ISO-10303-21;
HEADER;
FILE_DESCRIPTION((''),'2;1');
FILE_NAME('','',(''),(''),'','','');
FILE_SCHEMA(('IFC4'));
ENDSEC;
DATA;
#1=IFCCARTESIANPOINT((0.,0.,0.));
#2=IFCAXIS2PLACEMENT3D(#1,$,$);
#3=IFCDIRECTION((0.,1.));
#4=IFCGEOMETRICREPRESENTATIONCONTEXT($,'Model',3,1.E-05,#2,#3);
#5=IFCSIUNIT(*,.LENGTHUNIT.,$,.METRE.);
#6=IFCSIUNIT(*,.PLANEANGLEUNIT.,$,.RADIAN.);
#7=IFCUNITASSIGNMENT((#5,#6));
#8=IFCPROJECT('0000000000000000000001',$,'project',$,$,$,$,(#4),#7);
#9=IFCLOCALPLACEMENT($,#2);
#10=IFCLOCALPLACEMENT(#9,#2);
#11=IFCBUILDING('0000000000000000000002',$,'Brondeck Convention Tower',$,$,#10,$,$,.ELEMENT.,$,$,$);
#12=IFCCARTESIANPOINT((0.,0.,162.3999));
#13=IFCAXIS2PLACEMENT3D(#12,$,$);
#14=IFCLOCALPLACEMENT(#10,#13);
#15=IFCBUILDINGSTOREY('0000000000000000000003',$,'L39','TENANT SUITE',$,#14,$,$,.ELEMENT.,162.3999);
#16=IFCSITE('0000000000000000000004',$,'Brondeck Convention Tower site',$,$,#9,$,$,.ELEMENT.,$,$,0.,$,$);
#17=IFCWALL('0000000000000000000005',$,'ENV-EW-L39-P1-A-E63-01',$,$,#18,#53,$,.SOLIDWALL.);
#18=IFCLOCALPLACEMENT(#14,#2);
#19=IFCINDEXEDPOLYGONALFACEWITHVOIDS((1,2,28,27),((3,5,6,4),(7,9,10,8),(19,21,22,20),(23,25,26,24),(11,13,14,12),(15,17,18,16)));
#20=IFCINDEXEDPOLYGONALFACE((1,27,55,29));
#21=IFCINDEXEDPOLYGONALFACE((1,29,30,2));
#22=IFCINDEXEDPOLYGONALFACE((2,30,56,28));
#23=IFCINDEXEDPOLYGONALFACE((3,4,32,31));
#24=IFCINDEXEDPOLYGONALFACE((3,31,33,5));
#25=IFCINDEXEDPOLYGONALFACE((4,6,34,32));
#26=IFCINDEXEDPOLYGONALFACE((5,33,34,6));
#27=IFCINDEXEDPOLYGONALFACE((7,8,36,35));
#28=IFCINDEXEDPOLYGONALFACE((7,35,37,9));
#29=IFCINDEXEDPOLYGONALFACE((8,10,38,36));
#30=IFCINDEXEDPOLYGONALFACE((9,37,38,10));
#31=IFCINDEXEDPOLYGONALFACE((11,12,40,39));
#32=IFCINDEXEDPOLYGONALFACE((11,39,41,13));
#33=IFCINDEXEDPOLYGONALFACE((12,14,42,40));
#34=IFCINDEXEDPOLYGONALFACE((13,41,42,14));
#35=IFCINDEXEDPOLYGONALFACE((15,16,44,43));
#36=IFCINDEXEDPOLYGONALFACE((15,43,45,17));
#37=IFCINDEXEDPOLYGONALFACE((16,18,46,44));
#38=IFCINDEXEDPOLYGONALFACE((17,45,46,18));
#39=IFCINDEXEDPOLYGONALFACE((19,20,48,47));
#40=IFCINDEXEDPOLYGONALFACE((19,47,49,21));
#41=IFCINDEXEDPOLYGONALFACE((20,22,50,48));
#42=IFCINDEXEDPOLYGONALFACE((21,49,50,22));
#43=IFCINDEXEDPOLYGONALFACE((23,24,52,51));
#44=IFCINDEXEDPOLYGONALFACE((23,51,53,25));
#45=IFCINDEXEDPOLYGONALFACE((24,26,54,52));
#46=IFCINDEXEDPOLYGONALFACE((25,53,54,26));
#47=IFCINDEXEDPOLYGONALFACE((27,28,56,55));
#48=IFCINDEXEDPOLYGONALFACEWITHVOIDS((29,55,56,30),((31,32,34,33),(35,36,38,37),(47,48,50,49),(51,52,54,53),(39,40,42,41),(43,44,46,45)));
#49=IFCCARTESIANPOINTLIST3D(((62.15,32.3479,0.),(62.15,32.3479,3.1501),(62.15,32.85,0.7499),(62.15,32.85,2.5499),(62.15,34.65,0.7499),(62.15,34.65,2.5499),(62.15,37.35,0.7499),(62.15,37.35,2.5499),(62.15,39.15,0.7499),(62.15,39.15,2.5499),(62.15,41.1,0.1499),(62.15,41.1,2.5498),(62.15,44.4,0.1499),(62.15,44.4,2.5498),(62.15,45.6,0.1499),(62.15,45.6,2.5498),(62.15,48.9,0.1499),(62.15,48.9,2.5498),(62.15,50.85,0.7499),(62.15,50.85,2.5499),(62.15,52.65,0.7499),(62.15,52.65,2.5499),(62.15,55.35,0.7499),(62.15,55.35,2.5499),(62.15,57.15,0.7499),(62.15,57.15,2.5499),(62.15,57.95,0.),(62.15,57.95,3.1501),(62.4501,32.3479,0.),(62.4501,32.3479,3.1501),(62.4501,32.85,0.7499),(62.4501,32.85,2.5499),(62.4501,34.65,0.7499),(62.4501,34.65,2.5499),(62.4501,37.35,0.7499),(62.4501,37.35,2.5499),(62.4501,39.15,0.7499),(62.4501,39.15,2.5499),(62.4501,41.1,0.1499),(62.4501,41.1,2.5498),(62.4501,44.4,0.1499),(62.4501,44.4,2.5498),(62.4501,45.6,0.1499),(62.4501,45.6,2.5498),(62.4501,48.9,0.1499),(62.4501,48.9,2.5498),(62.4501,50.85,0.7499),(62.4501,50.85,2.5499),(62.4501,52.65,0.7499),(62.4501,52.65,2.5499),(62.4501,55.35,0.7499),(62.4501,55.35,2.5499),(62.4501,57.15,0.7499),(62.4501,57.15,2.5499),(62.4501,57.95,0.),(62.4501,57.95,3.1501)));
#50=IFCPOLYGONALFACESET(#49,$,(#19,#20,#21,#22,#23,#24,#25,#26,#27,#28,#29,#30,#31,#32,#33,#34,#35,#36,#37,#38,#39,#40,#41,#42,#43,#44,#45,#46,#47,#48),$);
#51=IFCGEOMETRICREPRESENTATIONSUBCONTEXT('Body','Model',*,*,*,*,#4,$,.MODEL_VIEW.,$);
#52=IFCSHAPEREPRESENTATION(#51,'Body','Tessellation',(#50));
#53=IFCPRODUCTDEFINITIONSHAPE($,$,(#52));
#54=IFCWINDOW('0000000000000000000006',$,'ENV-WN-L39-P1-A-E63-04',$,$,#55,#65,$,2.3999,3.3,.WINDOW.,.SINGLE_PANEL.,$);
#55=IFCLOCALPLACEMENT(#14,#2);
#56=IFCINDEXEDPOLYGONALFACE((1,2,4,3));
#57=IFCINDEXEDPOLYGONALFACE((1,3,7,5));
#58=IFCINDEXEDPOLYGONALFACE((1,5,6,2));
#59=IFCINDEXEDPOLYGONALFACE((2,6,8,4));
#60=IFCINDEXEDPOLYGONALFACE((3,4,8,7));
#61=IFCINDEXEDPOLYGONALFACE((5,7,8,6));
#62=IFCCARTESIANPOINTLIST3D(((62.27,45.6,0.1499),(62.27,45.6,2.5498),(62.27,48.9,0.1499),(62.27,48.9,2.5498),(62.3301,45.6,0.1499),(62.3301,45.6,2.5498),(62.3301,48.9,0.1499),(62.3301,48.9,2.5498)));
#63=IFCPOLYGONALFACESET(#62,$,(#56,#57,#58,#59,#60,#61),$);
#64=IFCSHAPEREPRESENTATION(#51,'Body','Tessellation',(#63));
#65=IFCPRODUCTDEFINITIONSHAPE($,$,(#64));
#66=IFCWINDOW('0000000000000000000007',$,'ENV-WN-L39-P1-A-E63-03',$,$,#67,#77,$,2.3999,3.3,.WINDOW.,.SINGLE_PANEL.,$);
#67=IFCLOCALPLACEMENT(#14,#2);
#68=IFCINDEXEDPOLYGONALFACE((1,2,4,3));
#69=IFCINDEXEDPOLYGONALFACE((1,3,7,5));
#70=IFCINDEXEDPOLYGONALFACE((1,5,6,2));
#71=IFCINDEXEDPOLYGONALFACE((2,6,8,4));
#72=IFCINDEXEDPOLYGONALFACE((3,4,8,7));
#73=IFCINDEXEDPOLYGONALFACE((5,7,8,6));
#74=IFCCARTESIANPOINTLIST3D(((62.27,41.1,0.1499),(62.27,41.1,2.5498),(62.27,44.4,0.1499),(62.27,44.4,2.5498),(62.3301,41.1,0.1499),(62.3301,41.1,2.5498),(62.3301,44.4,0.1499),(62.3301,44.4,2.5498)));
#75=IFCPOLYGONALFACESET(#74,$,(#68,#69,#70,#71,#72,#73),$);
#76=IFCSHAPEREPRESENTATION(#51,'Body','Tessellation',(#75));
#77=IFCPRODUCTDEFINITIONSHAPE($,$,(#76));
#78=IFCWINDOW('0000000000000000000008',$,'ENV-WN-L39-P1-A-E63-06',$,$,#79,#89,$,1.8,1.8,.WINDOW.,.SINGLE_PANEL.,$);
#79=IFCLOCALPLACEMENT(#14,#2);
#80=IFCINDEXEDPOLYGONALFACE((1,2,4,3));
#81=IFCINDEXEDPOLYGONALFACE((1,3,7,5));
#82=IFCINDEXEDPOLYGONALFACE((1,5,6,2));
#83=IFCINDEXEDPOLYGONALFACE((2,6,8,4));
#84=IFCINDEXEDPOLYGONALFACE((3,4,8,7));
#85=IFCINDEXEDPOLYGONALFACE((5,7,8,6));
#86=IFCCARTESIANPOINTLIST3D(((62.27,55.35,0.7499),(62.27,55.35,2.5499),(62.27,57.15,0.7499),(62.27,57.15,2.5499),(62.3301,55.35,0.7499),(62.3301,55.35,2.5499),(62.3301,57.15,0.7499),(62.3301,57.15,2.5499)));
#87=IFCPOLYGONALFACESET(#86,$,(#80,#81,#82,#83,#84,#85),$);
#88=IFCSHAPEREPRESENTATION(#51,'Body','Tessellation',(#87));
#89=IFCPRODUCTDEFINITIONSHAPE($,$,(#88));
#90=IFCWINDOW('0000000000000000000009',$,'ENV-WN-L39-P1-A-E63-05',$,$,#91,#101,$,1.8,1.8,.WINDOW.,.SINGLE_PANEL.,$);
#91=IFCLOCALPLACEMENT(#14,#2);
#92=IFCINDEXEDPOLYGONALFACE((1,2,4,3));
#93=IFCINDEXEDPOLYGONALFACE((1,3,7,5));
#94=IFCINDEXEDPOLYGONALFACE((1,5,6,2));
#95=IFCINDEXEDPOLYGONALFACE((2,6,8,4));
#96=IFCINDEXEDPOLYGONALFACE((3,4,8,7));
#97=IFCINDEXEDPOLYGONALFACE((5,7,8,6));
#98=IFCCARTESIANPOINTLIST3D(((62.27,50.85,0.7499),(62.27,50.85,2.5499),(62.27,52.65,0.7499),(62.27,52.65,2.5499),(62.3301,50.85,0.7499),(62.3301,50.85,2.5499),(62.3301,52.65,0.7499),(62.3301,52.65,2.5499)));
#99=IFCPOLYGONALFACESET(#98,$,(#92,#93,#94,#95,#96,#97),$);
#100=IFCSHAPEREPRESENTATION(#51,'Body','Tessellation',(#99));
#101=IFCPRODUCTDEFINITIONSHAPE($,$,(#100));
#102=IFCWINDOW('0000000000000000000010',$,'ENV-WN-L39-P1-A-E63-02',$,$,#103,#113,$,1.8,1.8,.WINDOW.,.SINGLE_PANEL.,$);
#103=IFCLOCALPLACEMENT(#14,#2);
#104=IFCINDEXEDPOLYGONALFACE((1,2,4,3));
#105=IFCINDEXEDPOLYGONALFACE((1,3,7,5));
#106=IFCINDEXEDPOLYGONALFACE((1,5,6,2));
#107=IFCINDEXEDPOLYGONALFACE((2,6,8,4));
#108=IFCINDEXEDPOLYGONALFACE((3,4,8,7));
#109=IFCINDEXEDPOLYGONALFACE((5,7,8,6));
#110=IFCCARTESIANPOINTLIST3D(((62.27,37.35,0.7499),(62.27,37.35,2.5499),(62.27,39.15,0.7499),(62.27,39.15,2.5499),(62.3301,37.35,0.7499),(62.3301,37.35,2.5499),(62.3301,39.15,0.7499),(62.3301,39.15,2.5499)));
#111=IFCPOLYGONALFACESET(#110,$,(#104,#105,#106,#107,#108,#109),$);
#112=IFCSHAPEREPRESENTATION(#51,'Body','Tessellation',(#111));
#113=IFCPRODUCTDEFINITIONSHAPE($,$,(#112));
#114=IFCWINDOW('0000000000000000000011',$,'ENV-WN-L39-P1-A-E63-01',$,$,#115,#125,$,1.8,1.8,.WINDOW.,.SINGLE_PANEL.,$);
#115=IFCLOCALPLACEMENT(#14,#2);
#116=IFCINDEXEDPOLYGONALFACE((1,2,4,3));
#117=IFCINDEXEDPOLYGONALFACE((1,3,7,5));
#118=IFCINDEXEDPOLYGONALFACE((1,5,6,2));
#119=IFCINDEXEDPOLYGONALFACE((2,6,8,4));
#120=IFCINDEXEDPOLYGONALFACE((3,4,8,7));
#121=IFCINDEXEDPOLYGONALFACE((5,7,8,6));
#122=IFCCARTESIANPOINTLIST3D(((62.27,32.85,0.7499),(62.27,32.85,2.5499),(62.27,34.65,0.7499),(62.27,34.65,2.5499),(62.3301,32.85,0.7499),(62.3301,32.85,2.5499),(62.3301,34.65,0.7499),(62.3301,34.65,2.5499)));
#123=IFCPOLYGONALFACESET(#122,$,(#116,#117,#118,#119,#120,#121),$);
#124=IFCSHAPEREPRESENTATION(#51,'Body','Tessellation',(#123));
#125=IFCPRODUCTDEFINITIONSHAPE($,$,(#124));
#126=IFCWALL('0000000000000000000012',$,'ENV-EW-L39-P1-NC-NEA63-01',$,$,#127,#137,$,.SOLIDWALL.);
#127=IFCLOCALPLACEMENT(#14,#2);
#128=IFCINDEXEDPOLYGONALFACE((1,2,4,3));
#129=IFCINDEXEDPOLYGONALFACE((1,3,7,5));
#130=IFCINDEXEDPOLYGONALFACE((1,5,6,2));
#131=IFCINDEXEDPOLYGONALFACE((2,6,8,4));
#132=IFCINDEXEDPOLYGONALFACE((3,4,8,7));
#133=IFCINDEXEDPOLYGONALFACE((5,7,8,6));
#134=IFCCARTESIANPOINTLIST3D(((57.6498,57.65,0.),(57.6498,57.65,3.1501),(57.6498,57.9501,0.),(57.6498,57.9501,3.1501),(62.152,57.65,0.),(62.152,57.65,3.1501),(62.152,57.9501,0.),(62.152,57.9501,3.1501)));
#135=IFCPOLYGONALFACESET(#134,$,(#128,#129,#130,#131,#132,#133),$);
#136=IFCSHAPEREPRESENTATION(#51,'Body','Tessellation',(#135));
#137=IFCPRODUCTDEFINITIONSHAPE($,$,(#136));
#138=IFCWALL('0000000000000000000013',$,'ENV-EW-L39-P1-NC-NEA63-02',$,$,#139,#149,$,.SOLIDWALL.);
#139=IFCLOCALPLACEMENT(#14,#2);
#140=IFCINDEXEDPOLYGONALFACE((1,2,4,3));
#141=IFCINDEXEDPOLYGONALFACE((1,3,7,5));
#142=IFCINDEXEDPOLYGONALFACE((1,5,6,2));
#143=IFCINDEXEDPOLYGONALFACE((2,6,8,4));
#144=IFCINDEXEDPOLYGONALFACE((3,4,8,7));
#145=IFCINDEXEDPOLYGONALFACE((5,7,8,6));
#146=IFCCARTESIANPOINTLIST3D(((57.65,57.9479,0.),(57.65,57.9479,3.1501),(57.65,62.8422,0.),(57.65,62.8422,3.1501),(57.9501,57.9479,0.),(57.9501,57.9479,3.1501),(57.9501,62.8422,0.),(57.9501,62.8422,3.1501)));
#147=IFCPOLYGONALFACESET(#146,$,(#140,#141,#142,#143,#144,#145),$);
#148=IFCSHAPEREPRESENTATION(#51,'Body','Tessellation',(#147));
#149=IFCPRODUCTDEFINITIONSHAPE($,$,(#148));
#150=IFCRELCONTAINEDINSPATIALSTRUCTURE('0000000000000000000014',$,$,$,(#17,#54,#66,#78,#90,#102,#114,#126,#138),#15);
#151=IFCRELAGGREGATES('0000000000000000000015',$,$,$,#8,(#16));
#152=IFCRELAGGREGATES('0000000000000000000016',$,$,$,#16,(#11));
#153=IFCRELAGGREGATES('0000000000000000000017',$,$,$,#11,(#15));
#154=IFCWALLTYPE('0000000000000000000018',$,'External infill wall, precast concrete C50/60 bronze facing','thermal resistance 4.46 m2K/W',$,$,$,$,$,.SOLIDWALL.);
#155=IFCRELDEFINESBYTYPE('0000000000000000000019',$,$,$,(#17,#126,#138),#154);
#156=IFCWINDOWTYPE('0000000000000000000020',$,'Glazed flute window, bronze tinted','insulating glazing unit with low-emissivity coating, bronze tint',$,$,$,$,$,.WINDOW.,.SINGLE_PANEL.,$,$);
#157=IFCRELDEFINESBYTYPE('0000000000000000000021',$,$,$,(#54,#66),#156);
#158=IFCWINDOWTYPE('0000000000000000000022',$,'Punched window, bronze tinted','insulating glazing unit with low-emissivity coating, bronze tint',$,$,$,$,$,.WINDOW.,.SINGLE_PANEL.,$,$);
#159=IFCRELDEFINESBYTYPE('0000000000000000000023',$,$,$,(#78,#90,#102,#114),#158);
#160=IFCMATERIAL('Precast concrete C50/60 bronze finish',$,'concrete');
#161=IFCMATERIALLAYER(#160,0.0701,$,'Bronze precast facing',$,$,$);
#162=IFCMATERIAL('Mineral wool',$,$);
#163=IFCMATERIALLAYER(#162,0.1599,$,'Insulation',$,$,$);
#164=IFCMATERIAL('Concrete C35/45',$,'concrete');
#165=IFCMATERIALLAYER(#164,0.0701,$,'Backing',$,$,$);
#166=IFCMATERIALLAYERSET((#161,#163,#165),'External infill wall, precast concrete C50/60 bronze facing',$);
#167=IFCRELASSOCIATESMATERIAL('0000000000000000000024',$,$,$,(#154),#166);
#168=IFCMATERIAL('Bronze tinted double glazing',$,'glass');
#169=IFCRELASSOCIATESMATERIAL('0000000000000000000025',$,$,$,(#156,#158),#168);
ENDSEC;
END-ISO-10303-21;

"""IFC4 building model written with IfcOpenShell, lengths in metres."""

from ifc_helpers import new_model, si_unit, direction, frame, frame_2d, origin, place, context, subcontext, project, spatial, rectangle, extrude, material, layer, layer_set, type_object, element, fill, save


model = new_model("IFC4")

# Units and contexts
model_context = context("Model", 3, precision=1e-05, world=origin(), true_north=direction((0.0, 1.0)))
body_context = subcontext(model_context, "Body", "Model", "MODEL_VIEW")
ifc_project = project(units=[si_unit("LENGTHUNIT", "METRE"), si_unit("PLANEANGLEUNIT", "RADIAN")], contexts=[model_context])

# Site, building, storey
site_placement = place(None, origin())
site = spatial("IfcSite", under=ifc_project, at=site_placement, Name="Brondeck Convention Tower site", CompositionType="ELEMENT", RefElevation=0.0)
building_placement = place(site_placement, origin())
building = spatial("IfcBuilding", under=site, at=building_placement, Name="Brondeck Convention Tower", CompositionType="ELEMENT")
storey_placement = place(building_placement, frame((0.0, 0.0, 162.3999)))
storey = spatial("IfcBuildingStorey", under=building, at=storey_placement, Name="L39", Description="TENANT SUITE", CompositionType="ELEMENT", Elevation=162.3999)

# Wall, openings, windows
ifc_material_1 = material(Name="Precast concrete C50/60 bronze finish", Category="concrete")
ifc_layer_1 = layer(ifc_material_1, 0.0701, Name="Bronze precast facing")
ifc_material_2 = material(Name="Mineral wool")
ifc_layer_2 = layer(ifc_material_2, 0.1599, Name="Insulation")
ifc_material_3 = material(Name="Concrete C35/45", Category="concrete")
ifc_layer_3 = layer(ifc_material_3, 0.0701, Name="Backing")
ifc_layer_set_1 = layer_set([ifc_layer_1, ifc_layer_2, ifc_layer_3], Name="External infill wall, precast concrete C50/60 bronze facing")
wall_type_1 = type_object("IfcWallType", Name="External infill wall, precast concrete C50/60 bronze facing", Description="thermal resistance 4.46 m2K/W", PredefinedType="SOLIDWALL", material=ifc_layer_set_1)
wall_1_placement = place(storey_placement, frame((62.3, 57.95, 0.0), z_axis=(0.0, 0.0, 1.0), x_axis=(0.0, -1.0, 0.0)))
wall_1 = element("IfcWall", 1, at=wall_1_placement, inside=storey, type_object=wall_type_1, Name="ENV-EW-L39-P1-A-E63-01", PredefinedType="SOLIDWALL", context=body_context, shape_type="SweptSolid", body=[
    extrude(rectangle(XDim=25.6021, YDim=0.3, at=frame_2d((12.801, 0.0))), origin(), (0.0, 0.0, 1.0), 3.1501),
])
opening_1_placement = place(wall_1_placement, frame((0.8, 0.0, 0.75)))
opening_1 = element("IfcOpeningElement", 2, at=opening_1_placement, cuts=wall_1, PredefinedType="OPENING", context=body_context, shape_type="SweptSolid", body=[
    extrude(rectangle(XDim=1.8, YDim=1.8, at=frame_2d((0.8999, 0.8999))), frame((0.0, 0.1599, 0.0), z_axis=(0.0, -1.0, 0.0), x_axis=(1.0, 0.0, 0.0)), (0.0, 0.0, 1.0), 0.3201),
])
opening_2_placement = place(wall_1_placement, frame((5.3, 0.0, 0.75)))
opening_2 = element("IfcOpeningElement", 3, at=opening_2_placement, cuts=wall_1, PredefinedType="OPENING", context=body_context, shape_type="SweptSolid", body=[
    extrude(rectangle(XDim=1.8, YDim=1.8, at=frame_2d((0.8999, 0.8999))), frame((0.0, 0.1599, 0.0), z_axis=(0.0, -1.0, 0.0), x_axis=(1.0, 0.0, 0.0)), (0.0, 0.0, 1.0), 0.3201),
])
opening_3_placement = place(wall_1_placement, frame((9.05, 0.0, 0.1499)))
opening_3 = element("IfcOpeningElement", 4, at=opening_3_placement, cuts=wall_1, PredefinedType="OPENING", context=body_context, shape_type="SweptSolid", body=[
    extrude(rectangle(XDim=3.3, YDim=2.3999, at=frame_2d((1.6499, 1.2))), frame((0.0, 0.1599, 0.0), z_axis=(0.0, -1.0, 0.0), x_axis=(1.0, 0.0, 0.0)), (0.0, 0.0, 1.0), 0.3201),
])
opening_4_placement = place(wall_1_placement, frame((13.55, 0.0, 0.1499)))
opening_4 = element("IfcOpeningElement", 5, at=opening_4_placement, cuts=wall_1, PredefinedType="OPENING", context=body_context, shape_type="SweptSolid", body=[
    extrude(rectangle(XDim=3.3, YDim=2.3999, at=frame_2d((1.6499, 1.2))), frame((0.0, 0.1599, 0.0), z_axis=(0.0, -1.0, 0.0), x_axis=(1.0, 0.0, 0.0)), (0.0, 0.0, 1.0), 0.3201),
])
opening_5_placement = place(wall_1_placement, frame((18.8, 0.0, 0.75)))
opening_5 = element("IfcOpeningElement", 6, at=opening_5_placement, cuts=wall_1, PredefinedType="OPENING", context=body_context, shape_type="SweptSolid", body=[
    extrude(rectangle(XDim=1.8, YDim=1.8, at=frame_2d((0.8999, 0.8999))), frame((0.0, 0.1599, 0.0), z_axis=(0.0, -1.0, 0.0), x_axis=(1.0, 0.0, 0.0)), (0.0, 0.0, 1.0), 0.3201),
])
opening_6_placement = place(wall_1_placement, frame((23.3, 0.0, 0.75)))
opening_6 = element("IfcOpeningElement", 7, at=opening_6_placement, cuts=wall_1, PredefinedType="OPENING", context=body_context, shape_type="SweptSolid", body=[
    extrude(rectangle(XDim=1.8, YDim=1.8, at=frame_2d((0.8999, 0.8999))), frame((0.0, 0.1599, 0.0), z_axis=(0.0, -1.0, 0.0), x_axis=(1.0, 0.0, 0.0)), (0.0, 0.0, 1.0), 0.3201),
])
ifc_material_4 = material(Name="Bronze tinted double glazing", Category="glass")
window_type_1 = type_object("IfcWindowType", Name="Glazed flute window, bronze tinted", Description="insulating glazing unit with low-emissivity coating, bronze tint", PartitioningType="SINGLE_PANEL", PredefinedType="WINDOW", material=ifc_material_4)
window_1_placement = place(opening_3_placement, origin())
window_1 = element("IfcWindow", 8, at=window_1_placement, inside=storey, type_object=window_type_1, Name="ENV-WN-L39-P1-A-E63-04", OverallHeight=2.3999, OverallWidth=3.3, PartitioningType="SINGLE_PANEL", PredefinedType="WINDOW", context=body_context, shape_type="SweptSolid", body=[
    extrude(rectangle(XDim=3.3, YDim=2.3999, at=frame_2d((1.6499, 1.2))), frame((0.0, 0.03, 0.0), z_axis=(0.0, -1.0, 0.0), x_axis=(1.0, 0.0, 0.0)), (0.0, 0.0, 1.0), 0.0601),
])
fill(opening_3, window_1)
window_2_placement = place(opening_4_placement, origin())
window_2 = element("IfcWindow", 9, at=window_2_placement, inside=storey, type_object=window_type_1, Name="ENV-WN-L39-P1-A-E63-03", OverallHeight=2.3999, OverallWidth=3.3, PartitioningType="SINGLE_PANEL", PredefinedType="WINDOW", context=body_context, shape_type="SweptSolid", body=[
    extrude(rectangle(XDim=3.3, YDim=2.3999, at=frame_2d((1.6499, 1.2))), frame((0.0, 0.03, 0.0), z_axis=(0.0, -1.0, 0.0), x_axis=(1.0, 0.0, 0.0)), (0.0, 0.0, 1.0), 0.0601),
])
fill(opening_4, window_2)
window_type_2 = type_object("IfcWindowType", Name="Punched window, bronze tinted", Description="insulating glazing unit with low-emissivity coating, bronze tint", PartitioningType="SINGLE_PANEL", PredefinedType="WINDOW", material=ifc_material_4)
window_3_placement = place(opening_1_placement, origin())
window_3 = element("IfcWindow", 10, at=window_3_placement, inside=storey, type_object=window_type_2, Name="ENV-WN-L39-P1-A-E63-06", OverallHeight=1.8, OverallWidth=1.8, PartitioningType="SINGLE_PANEL", PredefinedType="WINDOW", context=body_context, shape_type="SweptSolid", body=[
    extrude(rectangle(XDim=1.8, YDim=1.8, at=frame_2d((0.8999, 0.8999))), frame((0.0, 0.03, 0.0), z_axis=(0.0, -1.0, 0.0), x_axis=(1.0, 0.0, 0.0)), (0.0, 0.0, 1.0), 0.0601),
])
fill(opening_1, window_3)
window_4_placement = place(opening_2_placement, origin())
window_4 = element("IfcWindow", 11, at=window_4_placement, inside=storey, type_object=window_type_2, Name="ENV-WN-L39-P1-A-E63-05", OverallHeight=1.8, OverallWidth=1.8, PartitioningType="SINGLE_PANEL", PredefinedType="WINDOW", context=body_context, shape_type="SweptSolid", body=[
    extrude(rectangle(XDim=1.8, YDim=1.8, at=frame_2d((0.8999, 0.8999))), frame((0.0, 0.03, 0.0), z_axis=(0.0, -1.0, 0.0), x_axis=(1.0, 0.0, 0.0)), (0.0, 0.0, 1.0), 0.0601),
])
fill(opening_2, window_4)
window_5_placement = place(opening_5_placement, origin())
window_5 = element("IfcWindow", 12, at=window_5_placement, inside=storey, type_object=window_type_2, Name="ENV-WN-L39-P1-A-E63-02", OverallHeight=1.8, OverallWidth=1.8, PartitioningType="SINGLE_PANEL", PredefinedType="WINDOW", context=body_context, shape_type="SweptSolid", body=[
    extrude(rectangle(XDim=1.8, YDim=1.8, at=frame_2d((0.8999, 0.8999))), frame((0.0, 0.03, 0.0), z_axis=(0.0, -1.0, 0.0), x_axis=(1.0, 0.0, 0.0)), (0.0, 0.0, 1.0), 0.0601),
])
fill(opening_5, window_5)
window_6_placement = place(opening_6_placement, origin())
window_6 = element("IfcWindow", 13, at=window_6_placement, inside=storey, type_object=window_type_2, Name="ENV-WN-L39-P1-A-E63-01", OverallHeight=1.8, OverallWidth=1.8, PartitioningType="SINGLE_PANEL", PredefinedType="WINDOW", context=body_context, shape_type="SweptSolid", body=[
    extrude(rectangle(XDim=1.8, YDim=1.8, at=frame_2d((0.8999, 0.8999))), frame((0.0, 0.03, 0.0), z_axis=(0.0, -1.0, 0.0), x_axis=(1.0, 0.0, 0.0)), (0.0, 0.0, 1.0), 0.0601),
])
fill(opening_6, window_6)

# Walls
wall_2_placement = place(storey_placement, frame((57.6499, 57.8, 0.0), z_axis=(0.0, 0.0, 1.0), x_axis=(1.0, 0.0, 0.0)))
element("IfcWall", 14, at=wall_2_placement, inside=storey, type_object=wall_type_1, Name="ENV-EW-L39-P1-NC-NEA63-01", PredefinedType="SOLIDWALL", context=body_context, shape_type="SweptSolid", body=[
    extrude(rectangle(XDim=4.5022, YDim=0.3, at=frame_2d((2.251, 0.0))), origin(), (0.0, 0.0, 1.0), 3.1501),
])
wall_3_placement = place(storey_placement, frame((57.8, 62.8423, 0.0), z_axis=(0.0, 0.0, 1.0), x_axis=(0.0, -1.0, 0.0)))
element("IfcWall", 15, at=wall_3_placement, inside=storey, type_object=wall_type_1, Name="ENV-EW-L39-P1-NC-NEA63-02", PredefinedType="SOLIDWALL", context=body_context, shape_type="SweptSolid", body=[
    extrude(rectangle(XDim=4.8943, YDim=0.3, at=frame_2d((2.4473, 0.0))), origin(), (0.0, 0.0, 1.0), 3.1501),
])

save(model, "model.ifc")
